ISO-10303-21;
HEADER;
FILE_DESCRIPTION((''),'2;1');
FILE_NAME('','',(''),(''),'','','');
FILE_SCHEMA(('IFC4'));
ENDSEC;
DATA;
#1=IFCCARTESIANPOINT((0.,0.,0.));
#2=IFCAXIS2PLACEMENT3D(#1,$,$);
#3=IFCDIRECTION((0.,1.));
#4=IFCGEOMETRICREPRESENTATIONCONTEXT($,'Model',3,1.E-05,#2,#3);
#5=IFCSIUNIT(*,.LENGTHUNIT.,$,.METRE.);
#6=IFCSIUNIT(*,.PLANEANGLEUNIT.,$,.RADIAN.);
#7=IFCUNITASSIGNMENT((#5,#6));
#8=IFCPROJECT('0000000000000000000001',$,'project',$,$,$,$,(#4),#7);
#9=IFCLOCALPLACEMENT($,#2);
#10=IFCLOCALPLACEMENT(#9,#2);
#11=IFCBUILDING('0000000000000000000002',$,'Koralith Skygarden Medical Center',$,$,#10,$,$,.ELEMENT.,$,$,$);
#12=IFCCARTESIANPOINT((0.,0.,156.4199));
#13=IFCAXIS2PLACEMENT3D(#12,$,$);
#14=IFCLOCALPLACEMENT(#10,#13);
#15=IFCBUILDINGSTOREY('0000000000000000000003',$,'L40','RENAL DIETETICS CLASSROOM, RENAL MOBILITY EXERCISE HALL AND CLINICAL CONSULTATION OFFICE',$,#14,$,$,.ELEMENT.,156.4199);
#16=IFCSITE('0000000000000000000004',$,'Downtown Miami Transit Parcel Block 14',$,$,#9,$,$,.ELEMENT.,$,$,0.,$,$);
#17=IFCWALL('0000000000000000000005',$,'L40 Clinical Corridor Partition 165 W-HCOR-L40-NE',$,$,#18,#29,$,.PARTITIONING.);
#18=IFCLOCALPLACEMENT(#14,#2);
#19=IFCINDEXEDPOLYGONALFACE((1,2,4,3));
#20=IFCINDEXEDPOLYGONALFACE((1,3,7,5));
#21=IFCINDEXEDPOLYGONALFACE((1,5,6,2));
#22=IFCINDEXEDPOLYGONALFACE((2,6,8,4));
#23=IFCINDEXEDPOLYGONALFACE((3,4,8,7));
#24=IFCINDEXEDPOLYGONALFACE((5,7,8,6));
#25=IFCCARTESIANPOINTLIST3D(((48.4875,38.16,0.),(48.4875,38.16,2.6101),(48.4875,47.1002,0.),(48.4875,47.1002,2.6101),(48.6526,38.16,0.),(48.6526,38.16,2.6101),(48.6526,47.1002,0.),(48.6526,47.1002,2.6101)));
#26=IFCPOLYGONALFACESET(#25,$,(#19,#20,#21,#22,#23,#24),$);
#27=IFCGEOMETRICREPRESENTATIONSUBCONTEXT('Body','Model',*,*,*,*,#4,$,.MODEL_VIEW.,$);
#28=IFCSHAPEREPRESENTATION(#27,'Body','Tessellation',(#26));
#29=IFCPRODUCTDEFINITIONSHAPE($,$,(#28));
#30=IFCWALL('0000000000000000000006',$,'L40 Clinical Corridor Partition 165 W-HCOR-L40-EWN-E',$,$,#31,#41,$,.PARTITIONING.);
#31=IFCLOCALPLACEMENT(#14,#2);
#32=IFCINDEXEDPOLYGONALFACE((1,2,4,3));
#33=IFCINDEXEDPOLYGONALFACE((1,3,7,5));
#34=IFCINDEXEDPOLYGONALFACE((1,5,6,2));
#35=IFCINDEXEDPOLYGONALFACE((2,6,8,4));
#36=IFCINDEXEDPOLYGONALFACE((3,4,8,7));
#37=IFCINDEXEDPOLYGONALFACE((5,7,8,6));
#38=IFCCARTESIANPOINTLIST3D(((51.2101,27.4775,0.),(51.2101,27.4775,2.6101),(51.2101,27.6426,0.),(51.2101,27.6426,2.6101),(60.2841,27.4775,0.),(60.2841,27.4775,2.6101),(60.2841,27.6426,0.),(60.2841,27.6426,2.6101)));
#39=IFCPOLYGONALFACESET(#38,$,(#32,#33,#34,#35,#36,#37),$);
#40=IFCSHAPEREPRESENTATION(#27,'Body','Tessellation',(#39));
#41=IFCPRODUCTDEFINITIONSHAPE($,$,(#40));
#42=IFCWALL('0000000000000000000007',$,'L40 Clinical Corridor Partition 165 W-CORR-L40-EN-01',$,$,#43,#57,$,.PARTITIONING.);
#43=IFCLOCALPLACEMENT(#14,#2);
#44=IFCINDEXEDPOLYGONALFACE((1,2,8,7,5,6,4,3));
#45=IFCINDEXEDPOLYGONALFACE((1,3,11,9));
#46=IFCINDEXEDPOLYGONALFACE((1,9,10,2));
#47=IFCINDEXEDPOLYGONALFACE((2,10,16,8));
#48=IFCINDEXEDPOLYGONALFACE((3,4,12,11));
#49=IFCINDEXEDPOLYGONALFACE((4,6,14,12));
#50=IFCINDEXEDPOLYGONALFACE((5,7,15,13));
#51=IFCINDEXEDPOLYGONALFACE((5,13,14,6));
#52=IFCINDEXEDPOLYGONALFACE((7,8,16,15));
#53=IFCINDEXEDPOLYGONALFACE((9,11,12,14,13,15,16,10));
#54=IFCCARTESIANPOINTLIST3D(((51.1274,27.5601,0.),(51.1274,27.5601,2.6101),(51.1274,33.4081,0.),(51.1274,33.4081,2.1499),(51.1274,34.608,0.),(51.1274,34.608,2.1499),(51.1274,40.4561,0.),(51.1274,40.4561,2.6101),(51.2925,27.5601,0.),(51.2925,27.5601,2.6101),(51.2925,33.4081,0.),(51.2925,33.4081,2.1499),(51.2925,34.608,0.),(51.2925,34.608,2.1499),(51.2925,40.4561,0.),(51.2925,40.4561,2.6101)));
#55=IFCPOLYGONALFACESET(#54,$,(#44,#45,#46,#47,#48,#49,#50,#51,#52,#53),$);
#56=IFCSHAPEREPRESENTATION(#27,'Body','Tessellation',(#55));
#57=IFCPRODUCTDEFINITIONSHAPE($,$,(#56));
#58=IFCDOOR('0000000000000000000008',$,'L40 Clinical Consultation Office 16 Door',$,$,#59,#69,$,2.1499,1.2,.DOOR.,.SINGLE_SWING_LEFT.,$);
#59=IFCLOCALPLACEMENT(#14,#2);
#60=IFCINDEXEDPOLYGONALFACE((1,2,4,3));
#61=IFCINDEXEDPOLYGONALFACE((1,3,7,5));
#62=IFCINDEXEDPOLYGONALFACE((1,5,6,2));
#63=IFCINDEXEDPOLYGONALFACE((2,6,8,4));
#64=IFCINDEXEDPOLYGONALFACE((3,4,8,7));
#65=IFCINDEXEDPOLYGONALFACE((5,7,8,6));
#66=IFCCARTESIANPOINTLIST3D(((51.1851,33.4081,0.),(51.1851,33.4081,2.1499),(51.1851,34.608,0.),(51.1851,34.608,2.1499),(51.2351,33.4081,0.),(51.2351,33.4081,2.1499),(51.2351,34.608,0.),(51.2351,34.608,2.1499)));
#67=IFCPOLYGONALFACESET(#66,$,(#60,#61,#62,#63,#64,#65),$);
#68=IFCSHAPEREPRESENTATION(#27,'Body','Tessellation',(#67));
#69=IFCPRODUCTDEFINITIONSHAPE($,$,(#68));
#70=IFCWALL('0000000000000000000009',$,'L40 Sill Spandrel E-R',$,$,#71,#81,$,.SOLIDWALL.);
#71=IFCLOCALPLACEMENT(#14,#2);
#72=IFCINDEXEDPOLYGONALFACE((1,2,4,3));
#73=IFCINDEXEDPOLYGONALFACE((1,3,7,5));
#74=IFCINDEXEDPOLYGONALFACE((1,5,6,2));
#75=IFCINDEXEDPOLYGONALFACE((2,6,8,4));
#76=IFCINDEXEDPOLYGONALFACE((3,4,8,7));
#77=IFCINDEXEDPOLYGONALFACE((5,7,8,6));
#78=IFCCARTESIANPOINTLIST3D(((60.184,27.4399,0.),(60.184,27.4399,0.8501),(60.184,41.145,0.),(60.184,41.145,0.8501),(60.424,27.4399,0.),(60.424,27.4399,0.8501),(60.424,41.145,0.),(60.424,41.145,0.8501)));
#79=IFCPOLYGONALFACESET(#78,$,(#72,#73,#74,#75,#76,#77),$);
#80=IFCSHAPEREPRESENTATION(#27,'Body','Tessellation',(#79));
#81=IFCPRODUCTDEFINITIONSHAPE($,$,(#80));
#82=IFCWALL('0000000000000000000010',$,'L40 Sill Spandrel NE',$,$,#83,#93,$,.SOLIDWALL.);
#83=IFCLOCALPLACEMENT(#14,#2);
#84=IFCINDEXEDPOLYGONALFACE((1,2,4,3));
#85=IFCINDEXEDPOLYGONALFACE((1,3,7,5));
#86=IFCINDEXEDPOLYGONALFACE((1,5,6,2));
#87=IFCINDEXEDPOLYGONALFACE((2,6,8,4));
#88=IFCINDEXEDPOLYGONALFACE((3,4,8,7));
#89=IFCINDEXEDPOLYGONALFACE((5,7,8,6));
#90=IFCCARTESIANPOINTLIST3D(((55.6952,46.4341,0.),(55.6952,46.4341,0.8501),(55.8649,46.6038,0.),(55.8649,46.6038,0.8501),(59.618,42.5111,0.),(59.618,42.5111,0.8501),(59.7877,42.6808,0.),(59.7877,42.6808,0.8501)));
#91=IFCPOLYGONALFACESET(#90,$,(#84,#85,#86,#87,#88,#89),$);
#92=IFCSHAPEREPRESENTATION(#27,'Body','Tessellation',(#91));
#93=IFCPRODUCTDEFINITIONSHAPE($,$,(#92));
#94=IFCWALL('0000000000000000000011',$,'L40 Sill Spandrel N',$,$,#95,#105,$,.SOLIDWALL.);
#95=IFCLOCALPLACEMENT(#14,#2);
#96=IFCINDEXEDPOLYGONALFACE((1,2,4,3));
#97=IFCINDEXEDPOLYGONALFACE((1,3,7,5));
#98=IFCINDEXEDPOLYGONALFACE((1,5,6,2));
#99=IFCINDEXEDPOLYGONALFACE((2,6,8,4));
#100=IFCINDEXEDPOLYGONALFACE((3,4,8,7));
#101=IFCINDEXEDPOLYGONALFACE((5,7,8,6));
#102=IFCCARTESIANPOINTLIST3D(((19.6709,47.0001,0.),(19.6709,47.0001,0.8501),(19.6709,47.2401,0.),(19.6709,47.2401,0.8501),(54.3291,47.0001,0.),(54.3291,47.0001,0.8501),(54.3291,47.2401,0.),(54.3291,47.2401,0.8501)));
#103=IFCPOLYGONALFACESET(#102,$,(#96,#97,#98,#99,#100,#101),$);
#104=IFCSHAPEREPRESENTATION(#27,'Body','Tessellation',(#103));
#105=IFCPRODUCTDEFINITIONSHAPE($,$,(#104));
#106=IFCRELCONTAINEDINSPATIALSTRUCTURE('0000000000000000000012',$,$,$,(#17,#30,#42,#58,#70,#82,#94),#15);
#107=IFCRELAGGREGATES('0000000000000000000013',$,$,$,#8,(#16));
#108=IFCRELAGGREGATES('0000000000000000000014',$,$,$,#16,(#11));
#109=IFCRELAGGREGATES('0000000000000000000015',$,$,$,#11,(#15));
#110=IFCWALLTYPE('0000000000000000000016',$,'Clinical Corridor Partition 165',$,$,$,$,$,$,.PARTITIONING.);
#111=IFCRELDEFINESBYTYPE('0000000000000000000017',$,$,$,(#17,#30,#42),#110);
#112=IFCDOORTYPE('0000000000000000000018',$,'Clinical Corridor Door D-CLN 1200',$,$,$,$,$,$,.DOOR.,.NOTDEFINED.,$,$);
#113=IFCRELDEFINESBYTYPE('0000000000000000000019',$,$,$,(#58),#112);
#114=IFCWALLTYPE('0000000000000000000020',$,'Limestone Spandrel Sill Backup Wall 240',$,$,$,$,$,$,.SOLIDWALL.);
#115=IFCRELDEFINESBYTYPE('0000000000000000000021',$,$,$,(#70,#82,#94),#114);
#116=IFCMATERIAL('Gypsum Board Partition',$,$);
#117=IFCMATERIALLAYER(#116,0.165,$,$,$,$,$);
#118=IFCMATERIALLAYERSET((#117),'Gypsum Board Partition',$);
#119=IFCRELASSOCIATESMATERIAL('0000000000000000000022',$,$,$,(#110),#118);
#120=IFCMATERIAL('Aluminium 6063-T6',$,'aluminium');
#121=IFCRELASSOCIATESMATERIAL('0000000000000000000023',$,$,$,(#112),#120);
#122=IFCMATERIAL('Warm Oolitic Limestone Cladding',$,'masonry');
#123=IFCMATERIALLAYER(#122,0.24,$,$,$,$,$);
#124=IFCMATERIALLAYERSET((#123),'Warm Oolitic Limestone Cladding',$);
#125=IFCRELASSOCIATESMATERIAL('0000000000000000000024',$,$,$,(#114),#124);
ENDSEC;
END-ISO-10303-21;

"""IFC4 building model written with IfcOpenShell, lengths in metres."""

from ifc_helpers import new_model, si_unit, direction, frame, frame_2d, origin, place, context, subcontext, project, spatial, rectangle, extrude, material, layer, layer_set, type_object, element, fill, save


model = new_model("IFC4")

# Units and contexts
model_context = context("Model", 3, precision=1e-05, world=origin(), true_north=direction((0.0, 1.0)))
body_context = subcontext(model_context, "Body", "Model", "MODEL_VIEW")
ifc_project = project(units=[si_unit("LENGTHUNIT", "METRE"), si_unit("PLANEANGLEUNIT", "RADIAN")], contexts=[model_context])

# Site, building, storey
site_placement = place(None, origin())
site = spatial("IfcSite", under=ifc_project, at=site_placement, Name="Downtown Miami Transit Parcel Block 14", CompositionType="ELEMENT", RefElevation=0.0)
building_placement = place(site_placement, origin())
building = spatial("IfcBuilding", under=site, at=building_placement, Name="Koralith Skygarden Medical Center", CompositionType="ELEMENT")
storey_placement = place(building_placement, frame((0.0, 0.0, 156.4199)))
storey = spatial("IfcBuildingStorey", under=building, at=storey_placement, Name="L40", Description="RENAL DIETETICS CLASSROOM, RENAL MOBILITY EXERCISE HALL AND CLINICAL CONSULTATION OFFICE", CompositionType="ELEMENT", Elevation=156.4199)

# Shared definitions
ifc_material_1 = material(Name="Aluminium 6063-T6", Category="aluminium")

# Shared definitions
ifc_material_2 = material(Name="Warm Oolitic Limestone Cladding", Category="masonry")

# Walls
ifc_material_3 = material(Name="Gypsum Board Partition")
ifc_layer_1 = layer(ifc_material_3, 0.165)
ifc_layer_set_1 = layer_set([ifc_layer_1], Name="Gypsum Board Partition")
wall_type_1 = type_object("IfcWallType", Name="Clinical Corridor Partition 165", PredefinedType="PARTITIONING", material=ifc_layer_set_1)
wall_1_placement = place(storey_placement, frame((48.5701, 38.1599, 0.0), z_axis=(0.0, 0.0, 1.0), x_axis=(0.0, 1.0, 0.0)))
element("IfcWall", 1, at=wall_1_placement, inside=storey, type_object=wall_type_1, Name="L40 Clinical Corridor Partition 165 W-HCOR-L40-NE", PredefinedType="PARTITIONING", context=body_context, shape_type="SweptSolid", body=[
    extrude(rectangle(XDim=8.9402, YDim=0.165, at=frame_2d((4.4702, 0.0))), origin(), (0.0, 0.0, 1.0), 2.6101),
])
wall_2_placement = place(storey_placement, frame((51.21, 27.5601, 0.0), z_axis=(0.0, 0.0, 1.0), x_axis=(1.0, 0.0, 0.0)))
element("IfcWall", 2, at=wall_2_placement, inside=storey, type_object=wall_type_1, Name="L40 Clinical Corridor Partition 165 W-HCOR-L40-EWN-E", PredefinedType="PARTITIONING", context=body_context, shape_type="SweptSolid", body=[
    extrude(rectangle(XDim=9.074, YDim=0.165, at=frame_2d((4.5371, 0.0))), origin(), (0.0, 0.0, 1.0), 2.6101),
])

# Wall, opening, door
wall_3_placement = place(storey_placement, frame((51.21, 27.5601, 0.0), z_axis=(0.0, 0.0, 1.0), x_axis=(0.0, 1.0, 0.0)))
wall_3 = element("IfcWall", 3, at=wall_3_placement, inside=storey, type_object=wall_type_1, Name="L40 Clinical Corridor Partition 165 W-CORR-L40-EN-01", PredefinedType="PARTITIONING", context=body_context, shape_type="SweptSolid", body=[
    extrude(rectangle(XDim=12.896, YDim=0.165, at=frame_2d((6.448, 0.0))), origin(), (0.0, 0.0, 1.0), 2.6101),
])
opening_1_placement = place(wall_3_placement, frame((5.8479, 0.0, 0.0)))
opening_1 = element("IfcOpeningElement", 4, at=opening_1_placement, cuts=wall_3, PredefinedType="OPENING", context=body_context, shape_type="SweptSolid", body=[
    extrude(rectangle(XDim=1.2, YDim=2.1499, at=frame_2d((0.6001, 1.075))), frame((0.0, 0.0925, 0.0), z_axis=(0.0, -1.0, 0.0), x_axis=(1.0, 0.0, 0.0)), (0.0, 0.0, 1.0), 0.1851),
])
door_type = type_object("IfcDoorType", Name="Clinical Corridor Door D-CLN 1200", OperationType="NOTDEFINED", PredefinedType="DOOR", material=ifc_material_1)
door_1_placement = place(opening_1_placement, origin())
door_1 = element("IfcDoor", 5, at=door_1_placement, inside=storey, type_object=door_type, Name="L40 Clinical Consultation Office 16 Door", OperationType="SINGLE_SWING_LEFT", OverallHeight=2.1499, OverallWidth=1.2, PredefinedType="DOOR", context=body_context, shape_type="SweptSolid", body=[
    extrude(rectangle(XDim=1.2, YDim=2.1499, at=frame_2d((0.6001, 1.075))), frame((0.0, 0.0249, 0.0), z_axis=(0.0, -1.0, 0.0), x_axis=(1.0, 0.0, 0.0)), (0.0, 0.0, 1.0), 0.05),
])
fill(opening_1, door_1)

# Walls
ifc_layer_2 = layer(ifc_material_2, 0.24)
ifc_layer_set_2 = layer_set([ifc_layer_2], Name="Warm Oolitic Limestone Cladding")
wall_type_2 = type_object("IfcWallType", Name="Limestone Spandrel Sill Backup Wall 240", PredefinedType="SOLIDWALL", material=ifc_layer_set_2)
wall_4_placement = place(storey_placement, frame((60.304, 27.4399, 0.0), z_axis=(0.0, 0.0, 1.0), x_axis=(0.0, 1.0, 0.0)))
element("IfcWall", 6, at=wall_4_placement, inside=storey, type_object=wall_type_2, Name="L40 Sill Spandrel E-R", PredefinedType="SOLIDWALL", context=body_context, shape_type="SweptSolid", body=[
    extrude(rectangle(XDim=13.7051, YDim=0.24, at=frame_2d((6.8525, 0.0))), origin(), (0.0, 0.0, 1.0), 0.8501),
])
wall_5_placement = place(storey_placement, frame((59.7029, 42.5959, 0.0), z_axis=(0.0, 0.0, 1.0), x_axis=(-0.707085, 0.707129, 0.0)))
element("IfcWall", 7, at=wall_5_placement, inside=storey, type_object=wall_type_2, Name="L40 Sill Spandrel NE", PredefinedType="SOLIDWALL", context=body_context, shape_type="SweptSolid", body=[
    extrude(rectangle(XDim=5.5479, YDim=0.24, at=frame_2d((2.7739, 0.0))), origin(), (0.0, 0.0, 1.0), 0.8501),
])
wall_6_placement = place(storey_placement, frame((54.3291, 47.1201, 0.0), z_axis=(0.0, 0.0, 1.0), x_axis=(-1.0, 0.0, 0.0)))
element("IfcWall", 8, at=wall_6_placement, inside=storey, type_object=wall_type_2, Name="L40 Sill Spandrel N", PredefinedType="SOLIDWALL", context=body_context, shape_type="SweptSolid", body=[
    extrude(rectangle(XDim=34.6582, YDim=0.24, at=frame_2d((17.3291, 0.0))), origin(), (0.0, 0.0, 1.0), 0.8501),
])

save(model, "model.ifc")
